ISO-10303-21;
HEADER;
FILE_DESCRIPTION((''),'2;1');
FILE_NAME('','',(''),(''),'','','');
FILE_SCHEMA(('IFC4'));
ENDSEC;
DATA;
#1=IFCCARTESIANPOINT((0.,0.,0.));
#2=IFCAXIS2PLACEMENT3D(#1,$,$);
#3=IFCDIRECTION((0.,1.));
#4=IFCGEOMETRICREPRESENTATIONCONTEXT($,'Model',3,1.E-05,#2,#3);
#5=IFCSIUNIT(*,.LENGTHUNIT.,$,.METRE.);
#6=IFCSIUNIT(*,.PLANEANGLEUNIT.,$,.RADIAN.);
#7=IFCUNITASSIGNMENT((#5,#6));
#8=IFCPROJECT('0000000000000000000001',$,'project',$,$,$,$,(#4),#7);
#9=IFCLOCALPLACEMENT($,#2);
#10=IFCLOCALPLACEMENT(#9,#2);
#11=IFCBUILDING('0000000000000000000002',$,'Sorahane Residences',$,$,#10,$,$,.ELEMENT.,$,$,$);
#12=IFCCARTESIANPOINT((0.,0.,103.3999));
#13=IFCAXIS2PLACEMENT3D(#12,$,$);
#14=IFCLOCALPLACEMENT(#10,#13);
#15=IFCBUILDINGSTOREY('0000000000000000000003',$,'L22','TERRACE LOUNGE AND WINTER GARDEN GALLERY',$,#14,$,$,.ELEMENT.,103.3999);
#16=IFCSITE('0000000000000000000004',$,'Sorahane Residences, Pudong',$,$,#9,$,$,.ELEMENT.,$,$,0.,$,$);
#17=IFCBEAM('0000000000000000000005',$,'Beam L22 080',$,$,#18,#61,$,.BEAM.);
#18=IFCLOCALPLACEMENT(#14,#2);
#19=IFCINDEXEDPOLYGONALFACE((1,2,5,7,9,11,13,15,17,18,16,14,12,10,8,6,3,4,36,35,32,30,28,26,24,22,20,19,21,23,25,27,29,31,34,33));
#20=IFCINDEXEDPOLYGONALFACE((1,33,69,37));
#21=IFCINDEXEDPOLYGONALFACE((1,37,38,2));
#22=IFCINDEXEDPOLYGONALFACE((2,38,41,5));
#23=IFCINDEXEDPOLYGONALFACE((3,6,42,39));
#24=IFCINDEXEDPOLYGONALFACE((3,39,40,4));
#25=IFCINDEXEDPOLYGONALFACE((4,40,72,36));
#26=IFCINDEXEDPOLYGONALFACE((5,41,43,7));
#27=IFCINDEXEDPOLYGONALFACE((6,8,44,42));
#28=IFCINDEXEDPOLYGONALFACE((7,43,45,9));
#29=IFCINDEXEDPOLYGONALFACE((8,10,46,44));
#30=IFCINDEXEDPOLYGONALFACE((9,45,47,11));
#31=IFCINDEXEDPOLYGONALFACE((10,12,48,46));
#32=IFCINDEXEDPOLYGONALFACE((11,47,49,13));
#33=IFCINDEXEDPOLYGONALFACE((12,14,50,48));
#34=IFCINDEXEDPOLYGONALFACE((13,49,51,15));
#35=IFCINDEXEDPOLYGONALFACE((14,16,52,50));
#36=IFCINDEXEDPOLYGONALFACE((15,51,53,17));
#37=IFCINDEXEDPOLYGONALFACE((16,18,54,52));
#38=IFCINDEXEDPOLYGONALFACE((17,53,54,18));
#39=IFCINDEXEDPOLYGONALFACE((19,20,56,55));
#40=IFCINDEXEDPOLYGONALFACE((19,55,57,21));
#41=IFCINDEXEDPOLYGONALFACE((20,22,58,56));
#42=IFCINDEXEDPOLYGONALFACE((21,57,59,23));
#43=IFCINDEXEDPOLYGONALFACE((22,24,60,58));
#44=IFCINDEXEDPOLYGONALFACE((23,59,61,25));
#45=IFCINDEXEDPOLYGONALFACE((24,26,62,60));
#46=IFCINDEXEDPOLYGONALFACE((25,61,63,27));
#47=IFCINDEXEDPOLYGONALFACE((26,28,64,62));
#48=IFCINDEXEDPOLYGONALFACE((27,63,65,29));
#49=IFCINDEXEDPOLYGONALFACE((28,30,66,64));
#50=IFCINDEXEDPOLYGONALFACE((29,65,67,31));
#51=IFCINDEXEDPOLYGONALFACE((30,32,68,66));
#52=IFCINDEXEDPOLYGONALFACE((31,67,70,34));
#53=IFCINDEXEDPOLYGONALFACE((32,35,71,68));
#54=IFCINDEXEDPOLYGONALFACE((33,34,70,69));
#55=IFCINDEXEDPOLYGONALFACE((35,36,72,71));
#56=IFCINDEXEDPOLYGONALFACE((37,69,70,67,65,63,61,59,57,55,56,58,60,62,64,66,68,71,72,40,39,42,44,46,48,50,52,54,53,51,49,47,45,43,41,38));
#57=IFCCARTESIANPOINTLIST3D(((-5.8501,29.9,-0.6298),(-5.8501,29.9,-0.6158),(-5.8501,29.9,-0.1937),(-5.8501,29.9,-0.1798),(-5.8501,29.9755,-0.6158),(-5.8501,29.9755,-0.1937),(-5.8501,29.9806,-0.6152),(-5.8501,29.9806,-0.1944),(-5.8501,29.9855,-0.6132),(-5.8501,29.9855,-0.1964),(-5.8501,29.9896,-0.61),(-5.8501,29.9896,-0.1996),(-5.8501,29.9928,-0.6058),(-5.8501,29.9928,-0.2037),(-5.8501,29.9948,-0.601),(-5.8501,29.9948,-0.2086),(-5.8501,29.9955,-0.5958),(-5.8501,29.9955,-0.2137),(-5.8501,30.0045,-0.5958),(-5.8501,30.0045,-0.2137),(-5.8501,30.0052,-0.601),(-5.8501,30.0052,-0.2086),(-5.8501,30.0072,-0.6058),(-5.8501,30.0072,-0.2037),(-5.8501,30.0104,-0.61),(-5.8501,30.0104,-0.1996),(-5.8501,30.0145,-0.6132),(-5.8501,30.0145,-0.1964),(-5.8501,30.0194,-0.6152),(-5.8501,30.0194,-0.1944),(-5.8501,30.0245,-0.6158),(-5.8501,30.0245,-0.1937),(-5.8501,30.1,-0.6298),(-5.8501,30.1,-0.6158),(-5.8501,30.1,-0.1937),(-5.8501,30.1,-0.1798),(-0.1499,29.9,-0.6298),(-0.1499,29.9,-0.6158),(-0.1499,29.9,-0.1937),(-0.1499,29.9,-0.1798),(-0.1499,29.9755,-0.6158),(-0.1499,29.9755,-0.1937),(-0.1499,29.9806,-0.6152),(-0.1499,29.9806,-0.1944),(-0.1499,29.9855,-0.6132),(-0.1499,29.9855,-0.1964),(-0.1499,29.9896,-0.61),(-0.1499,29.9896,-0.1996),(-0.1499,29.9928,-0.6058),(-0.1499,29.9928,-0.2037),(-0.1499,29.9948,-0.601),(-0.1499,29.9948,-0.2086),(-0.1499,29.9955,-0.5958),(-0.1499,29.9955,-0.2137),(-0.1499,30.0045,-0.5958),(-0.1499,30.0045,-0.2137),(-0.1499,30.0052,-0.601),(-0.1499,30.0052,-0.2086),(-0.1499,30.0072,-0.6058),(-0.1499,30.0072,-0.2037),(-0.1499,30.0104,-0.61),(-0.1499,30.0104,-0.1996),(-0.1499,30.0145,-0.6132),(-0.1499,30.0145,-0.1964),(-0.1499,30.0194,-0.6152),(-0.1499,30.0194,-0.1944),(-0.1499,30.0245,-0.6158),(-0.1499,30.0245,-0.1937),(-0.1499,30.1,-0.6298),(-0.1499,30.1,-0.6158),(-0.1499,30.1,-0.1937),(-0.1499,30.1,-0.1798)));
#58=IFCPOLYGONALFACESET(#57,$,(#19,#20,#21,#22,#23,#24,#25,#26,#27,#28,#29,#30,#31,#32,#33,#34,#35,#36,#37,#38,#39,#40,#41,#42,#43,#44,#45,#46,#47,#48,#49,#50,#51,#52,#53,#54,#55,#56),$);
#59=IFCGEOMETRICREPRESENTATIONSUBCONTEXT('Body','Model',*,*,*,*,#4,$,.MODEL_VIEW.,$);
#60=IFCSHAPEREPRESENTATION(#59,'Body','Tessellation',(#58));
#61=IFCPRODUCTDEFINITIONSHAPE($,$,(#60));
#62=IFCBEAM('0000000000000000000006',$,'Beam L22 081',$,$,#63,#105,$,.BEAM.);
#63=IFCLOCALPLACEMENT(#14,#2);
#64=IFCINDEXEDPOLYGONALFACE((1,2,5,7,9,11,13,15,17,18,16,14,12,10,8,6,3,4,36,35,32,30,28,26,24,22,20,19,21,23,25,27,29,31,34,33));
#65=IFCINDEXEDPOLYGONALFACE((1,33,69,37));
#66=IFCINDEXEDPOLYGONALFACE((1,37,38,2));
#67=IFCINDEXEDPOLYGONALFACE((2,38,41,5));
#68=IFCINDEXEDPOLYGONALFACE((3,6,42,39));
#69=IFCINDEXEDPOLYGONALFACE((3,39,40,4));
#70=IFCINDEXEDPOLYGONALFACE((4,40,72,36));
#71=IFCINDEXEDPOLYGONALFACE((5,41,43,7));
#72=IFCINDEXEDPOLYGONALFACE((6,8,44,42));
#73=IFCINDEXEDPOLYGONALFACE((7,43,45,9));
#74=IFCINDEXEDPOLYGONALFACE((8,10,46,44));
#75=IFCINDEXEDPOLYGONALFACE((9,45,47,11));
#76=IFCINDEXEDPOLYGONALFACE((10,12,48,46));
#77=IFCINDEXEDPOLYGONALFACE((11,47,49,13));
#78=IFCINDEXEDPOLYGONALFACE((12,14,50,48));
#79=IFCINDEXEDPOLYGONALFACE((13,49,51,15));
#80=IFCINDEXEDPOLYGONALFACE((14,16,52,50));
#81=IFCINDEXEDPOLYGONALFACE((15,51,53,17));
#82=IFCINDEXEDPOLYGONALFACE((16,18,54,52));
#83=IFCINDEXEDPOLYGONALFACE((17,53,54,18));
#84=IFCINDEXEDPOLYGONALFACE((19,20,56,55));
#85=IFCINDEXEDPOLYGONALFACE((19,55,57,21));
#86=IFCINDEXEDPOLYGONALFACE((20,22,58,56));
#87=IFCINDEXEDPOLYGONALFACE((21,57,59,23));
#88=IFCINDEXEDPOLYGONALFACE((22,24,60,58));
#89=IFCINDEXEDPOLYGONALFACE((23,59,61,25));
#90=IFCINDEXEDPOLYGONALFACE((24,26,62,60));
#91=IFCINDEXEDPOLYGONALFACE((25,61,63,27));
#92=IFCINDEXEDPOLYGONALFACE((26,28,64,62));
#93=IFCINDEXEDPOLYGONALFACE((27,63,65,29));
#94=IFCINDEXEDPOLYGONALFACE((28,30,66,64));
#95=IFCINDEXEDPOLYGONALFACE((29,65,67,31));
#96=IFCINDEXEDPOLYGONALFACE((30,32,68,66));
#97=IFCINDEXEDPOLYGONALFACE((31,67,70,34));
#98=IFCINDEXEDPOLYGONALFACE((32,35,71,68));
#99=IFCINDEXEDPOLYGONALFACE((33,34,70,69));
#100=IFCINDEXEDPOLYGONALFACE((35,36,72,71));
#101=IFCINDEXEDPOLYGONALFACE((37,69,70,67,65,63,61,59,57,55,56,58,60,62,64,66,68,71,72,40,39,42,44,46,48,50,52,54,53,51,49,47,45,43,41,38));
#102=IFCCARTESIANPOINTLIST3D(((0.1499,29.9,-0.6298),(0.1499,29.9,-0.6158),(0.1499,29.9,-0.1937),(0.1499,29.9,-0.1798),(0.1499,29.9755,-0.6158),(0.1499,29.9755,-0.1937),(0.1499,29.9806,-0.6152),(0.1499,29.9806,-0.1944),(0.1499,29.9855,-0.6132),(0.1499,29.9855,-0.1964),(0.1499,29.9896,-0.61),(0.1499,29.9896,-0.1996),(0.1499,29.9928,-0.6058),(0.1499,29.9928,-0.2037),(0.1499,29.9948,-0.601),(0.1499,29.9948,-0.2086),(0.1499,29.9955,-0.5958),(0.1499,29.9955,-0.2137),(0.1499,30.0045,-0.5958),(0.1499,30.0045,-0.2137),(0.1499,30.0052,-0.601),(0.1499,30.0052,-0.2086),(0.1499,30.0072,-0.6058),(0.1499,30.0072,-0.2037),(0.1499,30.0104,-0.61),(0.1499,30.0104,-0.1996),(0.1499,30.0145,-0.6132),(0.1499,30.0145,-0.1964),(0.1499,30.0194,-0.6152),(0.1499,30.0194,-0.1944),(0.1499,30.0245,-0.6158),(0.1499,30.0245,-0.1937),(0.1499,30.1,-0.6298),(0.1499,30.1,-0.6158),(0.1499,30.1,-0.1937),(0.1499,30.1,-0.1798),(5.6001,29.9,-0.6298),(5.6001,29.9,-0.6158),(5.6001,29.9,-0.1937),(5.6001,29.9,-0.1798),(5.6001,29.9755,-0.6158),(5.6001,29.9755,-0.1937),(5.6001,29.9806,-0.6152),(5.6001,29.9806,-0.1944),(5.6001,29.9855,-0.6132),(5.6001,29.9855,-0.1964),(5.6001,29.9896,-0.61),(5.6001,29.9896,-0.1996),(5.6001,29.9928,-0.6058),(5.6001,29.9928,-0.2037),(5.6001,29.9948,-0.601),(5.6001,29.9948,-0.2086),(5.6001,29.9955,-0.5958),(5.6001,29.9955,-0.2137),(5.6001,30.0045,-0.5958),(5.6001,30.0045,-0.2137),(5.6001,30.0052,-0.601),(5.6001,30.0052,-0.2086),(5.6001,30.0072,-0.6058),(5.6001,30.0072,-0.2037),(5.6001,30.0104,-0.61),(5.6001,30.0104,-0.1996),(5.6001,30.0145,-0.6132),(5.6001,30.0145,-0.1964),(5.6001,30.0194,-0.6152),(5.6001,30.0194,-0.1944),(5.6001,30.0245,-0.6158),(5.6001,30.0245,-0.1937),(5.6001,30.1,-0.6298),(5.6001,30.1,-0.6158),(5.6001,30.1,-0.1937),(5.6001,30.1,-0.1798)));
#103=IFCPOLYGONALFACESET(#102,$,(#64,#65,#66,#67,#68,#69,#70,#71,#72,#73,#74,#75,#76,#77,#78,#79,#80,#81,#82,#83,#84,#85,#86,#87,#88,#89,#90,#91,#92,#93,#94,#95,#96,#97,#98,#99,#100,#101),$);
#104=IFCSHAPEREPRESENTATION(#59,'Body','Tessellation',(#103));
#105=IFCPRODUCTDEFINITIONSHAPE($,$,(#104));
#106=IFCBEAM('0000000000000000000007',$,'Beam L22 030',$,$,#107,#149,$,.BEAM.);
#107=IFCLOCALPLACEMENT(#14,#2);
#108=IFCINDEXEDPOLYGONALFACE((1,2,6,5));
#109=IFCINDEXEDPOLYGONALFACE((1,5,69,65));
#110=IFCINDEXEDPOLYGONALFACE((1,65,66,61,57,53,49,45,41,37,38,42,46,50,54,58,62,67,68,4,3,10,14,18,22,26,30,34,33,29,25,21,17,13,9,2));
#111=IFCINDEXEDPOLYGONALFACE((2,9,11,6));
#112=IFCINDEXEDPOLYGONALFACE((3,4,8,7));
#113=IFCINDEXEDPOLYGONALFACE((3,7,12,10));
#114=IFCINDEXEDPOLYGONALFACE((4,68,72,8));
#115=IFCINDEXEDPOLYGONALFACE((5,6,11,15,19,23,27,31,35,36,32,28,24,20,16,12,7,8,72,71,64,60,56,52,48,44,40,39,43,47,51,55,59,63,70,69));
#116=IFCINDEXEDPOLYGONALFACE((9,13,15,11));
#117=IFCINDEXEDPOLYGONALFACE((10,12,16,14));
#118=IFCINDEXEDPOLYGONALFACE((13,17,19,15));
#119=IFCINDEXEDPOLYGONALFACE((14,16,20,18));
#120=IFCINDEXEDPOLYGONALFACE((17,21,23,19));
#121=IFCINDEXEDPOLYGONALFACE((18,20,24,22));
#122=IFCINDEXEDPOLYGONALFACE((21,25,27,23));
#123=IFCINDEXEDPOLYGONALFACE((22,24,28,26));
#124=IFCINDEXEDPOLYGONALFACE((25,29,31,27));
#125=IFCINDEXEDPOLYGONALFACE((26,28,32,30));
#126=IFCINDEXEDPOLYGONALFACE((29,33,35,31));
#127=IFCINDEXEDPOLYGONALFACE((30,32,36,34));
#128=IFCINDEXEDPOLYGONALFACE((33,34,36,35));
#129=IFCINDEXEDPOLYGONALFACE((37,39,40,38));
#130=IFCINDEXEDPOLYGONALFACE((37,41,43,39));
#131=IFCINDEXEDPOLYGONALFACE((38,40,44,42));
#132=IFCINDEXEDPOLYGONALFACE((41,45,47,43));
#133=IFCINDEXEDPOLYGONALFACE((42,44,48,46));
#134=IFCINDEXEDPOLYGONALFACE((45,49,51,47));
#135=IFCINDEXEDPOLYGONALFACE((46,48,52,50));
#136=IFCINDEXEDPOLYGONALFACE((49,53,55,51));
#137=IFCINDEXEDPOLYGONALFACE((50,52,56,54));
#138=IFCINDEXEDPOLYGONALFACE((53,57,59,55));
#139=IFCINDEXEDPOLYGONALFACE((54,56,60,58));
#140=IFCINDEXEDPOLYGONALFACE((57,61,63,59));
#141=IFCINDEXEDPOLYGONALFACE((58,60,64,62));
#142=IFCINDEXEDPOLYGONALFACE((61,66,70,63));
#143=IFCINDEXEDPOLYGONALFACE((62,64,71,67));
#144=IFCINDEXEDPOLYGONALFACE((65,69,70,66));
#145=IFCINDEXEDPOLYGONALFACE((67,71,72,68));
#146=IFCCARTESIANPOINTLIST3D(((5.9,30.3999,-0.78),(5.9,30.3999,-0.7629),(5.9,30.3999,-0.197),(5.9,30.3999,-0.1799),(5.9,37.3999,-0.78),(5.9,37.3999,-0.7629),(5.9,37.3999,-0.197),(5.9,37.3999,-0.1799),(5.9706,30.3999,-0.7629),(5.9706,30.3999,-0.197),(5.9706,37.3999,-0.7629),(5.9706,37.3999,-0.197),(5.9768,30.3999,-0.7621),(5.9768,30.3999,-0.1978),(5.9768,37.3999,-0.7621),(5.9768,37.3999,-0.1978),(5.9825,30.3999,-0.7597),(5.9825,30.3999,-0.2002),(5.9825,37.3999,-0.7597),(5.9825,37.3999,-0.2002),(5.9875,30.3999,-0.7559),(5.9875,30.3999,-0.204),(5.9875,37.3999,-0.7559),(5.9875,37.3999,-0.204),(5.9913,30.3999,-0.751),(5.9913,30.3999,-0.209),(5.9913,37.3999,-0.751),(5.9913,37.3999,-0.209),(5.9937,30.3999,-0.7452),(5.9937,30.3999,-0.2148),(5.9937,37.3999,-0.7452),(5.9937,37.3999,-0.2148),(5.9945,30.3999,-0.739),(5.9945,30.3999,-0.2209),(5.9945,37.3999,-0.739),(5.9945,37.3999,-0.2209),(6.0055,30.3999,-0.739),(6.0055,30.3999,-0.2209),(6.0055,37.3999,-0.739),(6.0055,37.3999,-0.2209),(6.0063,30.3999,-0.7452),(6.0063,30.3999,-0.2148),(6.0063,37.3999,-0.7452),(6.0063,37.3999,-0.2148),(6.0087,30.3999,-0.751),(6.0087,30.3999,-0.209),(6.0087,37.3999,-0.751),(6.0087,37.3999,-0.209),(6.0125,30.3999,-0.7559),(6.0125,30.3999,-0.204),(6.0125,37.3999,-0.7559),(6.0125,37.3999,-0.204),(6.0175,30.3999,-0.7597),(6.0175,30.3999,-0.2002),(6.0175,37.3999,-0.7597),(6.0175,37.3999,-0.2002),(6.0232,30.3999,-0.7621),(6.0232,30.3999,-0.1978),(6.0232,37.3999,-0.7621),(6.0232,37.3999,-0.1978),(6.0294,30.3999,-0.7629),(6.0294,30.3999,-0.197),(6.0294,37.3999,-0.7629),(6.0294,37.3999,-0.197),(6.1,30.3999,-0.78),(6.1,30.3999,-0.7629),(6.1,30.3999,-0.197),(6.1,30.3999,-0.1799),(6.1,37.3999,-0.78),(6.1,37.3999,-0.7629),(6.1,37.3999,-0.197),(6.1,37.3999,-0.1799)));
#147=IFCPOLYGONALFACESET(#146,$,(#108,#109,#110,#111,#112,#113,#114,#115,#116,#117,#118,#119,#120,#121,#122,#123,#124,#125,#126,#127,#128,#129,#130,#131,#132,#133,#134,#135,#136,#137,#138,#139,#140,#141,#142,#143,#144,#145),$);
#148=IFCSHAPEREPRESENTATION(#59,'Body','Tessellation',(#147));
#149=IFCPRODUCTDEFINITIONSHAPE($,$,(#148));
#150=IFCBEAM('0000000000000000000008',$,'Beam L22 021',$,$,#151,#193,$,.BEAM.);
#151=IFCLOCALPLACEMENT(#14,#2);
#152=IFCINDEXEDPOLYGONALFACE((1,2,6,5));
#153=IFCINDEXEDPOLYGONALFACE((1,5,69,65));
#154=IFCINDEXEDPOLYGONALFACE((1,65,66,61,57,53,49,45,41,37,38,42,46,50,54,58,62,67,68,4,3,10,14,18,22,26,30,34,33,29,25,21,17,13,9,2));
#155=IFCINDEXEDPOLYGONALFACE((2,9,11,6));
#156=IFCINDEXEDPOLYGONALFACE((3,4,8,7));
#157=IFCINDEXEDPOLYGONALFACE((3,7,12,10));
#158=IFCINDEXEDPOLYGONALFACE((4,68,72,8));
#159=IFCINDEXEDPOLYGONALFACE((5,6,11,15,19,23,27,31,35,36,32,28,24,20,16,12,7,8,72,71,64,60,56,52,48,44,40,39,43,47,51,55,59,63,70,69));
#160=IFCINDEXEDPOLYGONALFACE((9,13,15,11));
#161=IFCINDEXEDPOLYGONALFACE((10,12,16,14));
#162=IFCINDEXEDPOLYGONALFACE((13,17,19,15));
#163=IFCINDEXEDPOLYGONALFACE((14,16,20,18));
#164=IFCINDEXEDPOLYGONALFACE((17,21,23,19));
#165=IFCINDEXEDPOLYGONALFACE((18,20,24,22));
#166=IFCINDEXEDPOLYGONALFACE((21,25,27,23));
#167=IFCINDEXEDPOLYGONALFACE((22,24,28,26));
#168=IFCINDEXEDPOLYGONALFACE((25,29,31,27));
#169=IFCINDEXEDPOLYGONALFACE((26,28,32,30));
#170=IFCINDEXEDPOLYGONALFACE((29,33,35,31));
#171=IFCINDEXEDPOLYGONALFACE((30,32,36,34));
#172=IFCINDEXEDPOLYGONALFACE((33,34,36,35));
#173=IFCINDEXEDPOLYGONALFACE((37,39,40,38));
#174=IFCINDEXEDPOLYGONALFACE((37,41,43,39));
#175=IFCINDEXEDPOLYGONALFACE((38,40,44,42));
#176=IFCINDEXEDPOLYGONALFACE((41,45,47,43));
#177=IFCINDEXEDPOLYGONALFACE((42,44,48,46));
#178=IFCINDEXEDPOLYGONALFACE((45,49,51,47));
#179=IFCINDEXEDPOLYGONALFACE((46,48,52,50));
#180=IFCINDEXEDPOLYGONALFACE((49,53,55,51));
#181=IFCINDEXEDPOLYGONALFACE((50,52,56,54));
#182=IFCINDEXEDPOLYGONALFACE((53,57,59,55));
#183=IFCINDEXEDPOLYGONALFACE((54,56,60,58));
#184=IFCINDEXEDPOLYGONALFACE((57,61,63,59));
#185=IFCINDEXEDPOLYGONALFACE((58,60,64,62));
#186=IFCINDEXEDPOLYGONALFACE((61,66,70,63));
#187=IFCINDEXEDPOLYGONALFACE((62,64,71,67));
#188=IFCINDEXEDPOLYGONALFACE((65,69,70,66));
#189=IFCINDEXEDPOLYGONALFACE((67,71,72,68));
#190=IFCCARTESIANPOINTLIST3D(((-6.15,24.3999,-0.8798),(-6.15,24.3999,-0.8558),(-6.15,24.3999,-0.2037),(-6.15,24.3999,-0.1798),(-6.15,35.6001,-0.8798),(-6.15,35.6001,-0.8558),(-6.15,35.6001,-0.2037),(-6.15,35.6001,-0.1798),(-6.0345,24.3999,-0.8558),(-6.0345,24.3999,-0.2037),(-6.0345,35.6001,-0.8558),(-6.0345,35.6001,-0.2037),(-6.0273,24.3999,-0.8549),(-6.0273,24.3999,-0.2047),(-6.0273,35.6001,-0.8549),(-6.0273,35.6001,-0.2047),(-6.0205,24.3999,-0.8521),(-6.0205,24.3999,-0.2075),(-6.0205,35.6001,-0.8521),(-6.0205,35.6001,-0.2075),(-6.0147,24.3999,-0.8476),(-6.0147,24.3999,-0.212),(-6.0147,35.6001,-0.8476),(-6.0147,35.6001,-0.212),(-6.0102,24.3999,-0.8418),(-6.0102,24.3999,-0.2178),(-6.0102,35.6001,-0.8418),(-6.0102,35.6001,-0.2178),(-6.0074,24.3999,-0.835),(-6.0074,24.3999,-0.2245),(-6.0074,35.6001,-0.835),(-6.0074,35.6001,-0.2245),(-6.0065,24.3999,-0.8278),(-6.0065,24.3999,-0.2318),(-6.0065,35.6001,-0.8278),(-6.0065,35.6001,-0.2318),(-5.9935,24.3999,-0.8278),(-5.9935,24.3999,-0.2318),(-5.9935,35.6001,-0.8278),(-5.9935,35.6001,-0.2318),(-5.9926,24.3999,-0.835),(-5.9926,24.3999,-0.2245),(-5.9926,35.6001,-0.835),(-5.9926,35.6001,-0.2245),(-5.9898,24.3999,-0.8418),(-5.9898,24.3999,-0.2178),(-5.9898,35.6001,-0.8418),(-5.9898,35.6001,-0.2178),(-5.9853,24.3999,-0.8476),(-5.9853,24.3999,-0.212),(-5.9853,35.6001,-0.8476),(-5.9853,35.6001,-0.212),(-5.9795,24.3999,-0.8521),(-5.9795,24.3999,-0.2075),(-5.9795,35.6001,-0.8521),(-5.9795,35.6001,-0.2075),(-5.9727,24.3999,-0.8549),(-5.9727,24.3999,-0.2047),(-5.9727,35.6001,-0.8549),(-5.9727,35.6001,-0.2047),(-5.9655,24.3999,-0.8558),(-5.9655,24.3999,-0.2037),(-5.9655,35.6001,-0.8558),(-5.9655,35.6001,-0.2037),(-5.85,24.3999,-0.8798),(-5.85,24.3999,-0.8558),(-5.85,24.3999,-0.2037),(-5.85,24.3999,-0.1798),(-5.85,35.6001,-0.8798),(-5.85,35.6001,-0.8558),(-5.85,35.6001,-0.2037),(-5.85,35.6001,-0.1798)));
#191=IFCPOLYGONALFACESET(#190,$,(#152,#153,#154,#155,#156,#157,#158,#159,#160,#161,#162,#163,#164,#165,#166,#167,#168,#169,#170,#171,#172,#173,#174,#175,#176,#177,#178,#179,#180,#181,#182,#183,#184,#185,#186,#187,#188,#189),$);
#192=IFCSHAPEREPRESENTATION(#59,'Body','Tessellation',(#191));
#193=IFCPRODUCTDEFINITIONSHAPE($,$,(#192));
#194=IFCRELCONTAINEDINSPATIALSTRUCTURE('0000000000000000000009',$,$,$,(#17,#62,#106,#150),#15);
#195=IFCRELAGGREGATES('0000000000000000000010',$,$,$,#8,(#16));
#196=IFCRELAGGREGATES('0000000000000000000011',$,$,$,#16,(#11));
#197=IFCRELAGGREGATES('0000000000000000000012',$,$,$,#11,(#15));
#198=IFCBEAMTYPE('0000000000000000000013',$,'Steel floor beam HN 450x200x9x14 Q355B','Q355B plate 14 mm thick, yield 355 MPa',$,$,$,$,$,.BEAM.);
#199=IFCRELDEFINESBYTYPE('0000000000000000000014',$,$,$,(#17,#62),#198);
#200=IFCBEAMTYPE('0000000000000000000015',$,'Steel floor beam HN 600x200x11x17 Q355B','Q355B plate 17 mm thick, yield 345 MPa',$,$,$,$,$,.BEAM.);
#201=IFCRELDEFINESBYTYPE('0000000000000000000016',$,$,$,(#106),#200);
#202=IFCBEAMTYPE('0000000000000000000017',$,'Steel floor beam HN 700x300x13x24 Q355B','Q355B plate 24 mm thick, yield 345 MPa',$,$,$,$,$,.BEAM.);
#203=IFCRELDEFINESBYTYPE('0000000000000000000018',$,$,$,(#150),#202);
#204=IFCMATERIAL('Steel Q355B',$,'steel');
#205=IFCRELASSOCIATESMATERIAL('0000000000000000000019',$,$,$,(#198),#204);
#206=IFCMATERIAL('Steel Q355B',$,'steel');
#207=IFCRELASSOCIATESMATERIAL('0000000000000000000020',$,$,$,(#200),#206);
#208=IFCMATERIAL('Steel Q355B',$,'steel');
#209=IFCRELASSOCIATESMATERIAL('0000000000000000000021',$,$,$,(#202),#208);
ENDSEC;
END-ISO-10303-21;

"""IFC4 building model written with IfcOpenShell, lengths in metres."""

from ifc_helpers import new_model, si_unit, direction, frame, origin, origin_2d, place, context, subcontext, project, spatial, i_section, extrude, material, material_profile, profile_set, type_object, element, save


model = new_model("IFC4")

# Units and contexts
model_context = context("Model", 3, precision=1e-05, world=origin(), true_north=direction((0.0, 1.0)))
body_context = subcontext(model_context, "Body", "Model", "MODEL_VIEW")
ifc_project = project(units=[si_unit("LENGTHUNIT", "METRE"), si_unit("PLANEANGLEUNIT", "RADIAN")], contexts=[model_context])

# Site, building, storey
site_placement = place(None, origin())
site = spatial("IfcSite", under=ifc_project, at=site_placement, Name="Sorahane Residences, Pudong", CompositionType="ELEMENT", RefElevation=0.0)
building_placement = place(site_placement, origin())
building = spatial("IfcBuilding", under=site, at=building_placement, Name="Sorahane Residences", CompositionType="ELEMENT")
storey_placement = place(building_placement, frame((0.0, 0.0, 103.3999)))
storey = spatial("IfcBuildingStorey", under=building, at=storey_placement, Name="L22", Description="TERRACE LOUNGE AND WINTER GARDEN GALLERY", CompositionType="ELEMENT", Elevation=103.3999)

# Beams
ifc_material_1 = material(Name="Steel Q355B", Category="steel")
ifc_material_profile_1 = material_profile(ifc_material_1, i_section(OverallWidth=0.2, OverallDepth=0.45, WebThickness=0.009, FlangeThickness=0.0139, FilletRadius=0.02, at=origin_2d()), Name="HN 450x200x9x14")
ifc_profile_set_1 = profile_set([ifc_material_profile_1], Name="Steel Q355B")
beam_type_1 = type_object("IfcBeamType", Name="Steel floor beam HN 450x200x9x14 Q355B", Description="Q355B plate 14 mm thick, yield 355 MPa", PredefinedType="BEAM", material=ifc_profile_set_1)
beam_1_placement = place(storey_placement, frame((-5.8501, 30.0, -0.4048), z_axis=(1.0, 0.0, 0.0), x_axis=(0.0, 1.0, 0.0)))
element("IfcBeam", 1, at=beam_1_placement, inside=storey, type_object=beam_type_1, Name="Beam L22 080", PredefinedType="BEAM", context=body_context, shape_type="SweptSolid", body=[
    extrude(i_section(OverallWidth=0.2, OverallDepth=0.45, WebThickness=0.009, FlangeThickness=0.0139, FilletRadius=0.02, at=origin_2d()), origin(), (0.0, 0.0, 1.0), 5.7002),
])
beam_2_placement = place(storey_placement, frame((0.1499, 30.0, -0.4048), z_axis=(1.0, 0.0, 0.0), x_axis=(0.0, 1.0, 0.0)))
element("IfcBeam", 2, at=beam_2_placement, inside=storey, type_object=beam_type_1, Name="Beam L22 081", PredefinedType="BEAM", context=body_context, shape_type="SweptSolid", body=[
    extrude(i_section(OverallWidth=0.2, OverallDepth=0.45, WebThickness=0.009, FlangeThickness=0.0139, FilletRadius=0.02, at=origin_2d()), origin(), (0.0, 0.0, 1.0), 5.4502),
])
ifc_material_2 = material(Name="Steel Q355B", Category="steel")
ifc_material_profile_2 = material_profile(ifc_material_2, i_section(OverallWidth=0.2, OverallDepth=0.6001, WebThickness=0.011, FlangeThickness=0.0171, FilletRadius=0.0239, at=origin_2d()), Name="HN 600x200x11x17")
ifc_profile_set_2 = profile_set([ifc_material_profile_2], Name="Steel Q355B")
beam_type_2 = type_object("IfcBeamType", Name="Steel floor beam HN 600x200x11x17 Q355B", Description="Q355B plate 17 mm thick, yield 345 MPa", PredefinedType="BEAM", material=ifc_profile_set_2)
beam_3_placement = place(storey_placement, frame((6.0, 30.3999, -0.48), z_axis=(0.0, 1.0, 0.0), x_axis=(-1.0, 0.0, 0.0)))
element("IfcBeam", 3, at=beam_3_placement, inside=storey, type_object=beam_type_2, Name="Beam L22 030", PredefinedType="BEAM", context=body_context, shape_type="SweptSolid", body=[
    extrude(i_section(OverallWidth=0.2, OverallDepth=0.6001, WebThickness=0.011, FlangeThickness=0.0171, FilletRadius=0.0239, at=origin_2d()), origin(), (0.0, 0.0, 1.0), 7.0),
])
ifc_material_3 = material(Name="Steel Q355B", Category="steel")
ifc_material_profile_3 = material_profile(ifc_material_3, i_section(OverallWidth=0.3, OverallDepth=0.7, WebThickness=0.0129, FlangeThickness=0.0239, FilletRadius=0.0281, at=origin_2d()), Name="HN 700x300x13x24")
ifc_profile_set_3 = profile_set([ifc_material_profile_3], Name="Steel Q355B")
beam_type_3 = type_object("IfcBeamType", Name="Steel floor beam HN 700x300x13x24 Q355B", Description="Q355B plate 24 mm thick, yield 345 MPa", PredefinedType="BEAM", material=ifc_profile_set_3)
beam_4_placement = place(storey_placement, frame((-6.0, 24.3999, -0.5298), z_axis=(0.0, 1.0, 0.0), x_axis=(-1.0, 0.0, 0.0)))
element("IfcBeam", 4, at=beam_4_placement, inside=storey, type_object=beam_type_3, Name="Beam L22 021", PredefinedType="BEAM", context=body_context, shape_type="SweptSolid", body=[
    extrude(i_section(OverallWidth=0.3, OverallDepth=0.7, WebThickness=0.0129, FlangeThickness=0.0239, FilletRadius=0.0281, at=origin_2d()), origin(), (0.0, 0.0, 1.0), 11.2002),
])

save(model, "model.ifc")
